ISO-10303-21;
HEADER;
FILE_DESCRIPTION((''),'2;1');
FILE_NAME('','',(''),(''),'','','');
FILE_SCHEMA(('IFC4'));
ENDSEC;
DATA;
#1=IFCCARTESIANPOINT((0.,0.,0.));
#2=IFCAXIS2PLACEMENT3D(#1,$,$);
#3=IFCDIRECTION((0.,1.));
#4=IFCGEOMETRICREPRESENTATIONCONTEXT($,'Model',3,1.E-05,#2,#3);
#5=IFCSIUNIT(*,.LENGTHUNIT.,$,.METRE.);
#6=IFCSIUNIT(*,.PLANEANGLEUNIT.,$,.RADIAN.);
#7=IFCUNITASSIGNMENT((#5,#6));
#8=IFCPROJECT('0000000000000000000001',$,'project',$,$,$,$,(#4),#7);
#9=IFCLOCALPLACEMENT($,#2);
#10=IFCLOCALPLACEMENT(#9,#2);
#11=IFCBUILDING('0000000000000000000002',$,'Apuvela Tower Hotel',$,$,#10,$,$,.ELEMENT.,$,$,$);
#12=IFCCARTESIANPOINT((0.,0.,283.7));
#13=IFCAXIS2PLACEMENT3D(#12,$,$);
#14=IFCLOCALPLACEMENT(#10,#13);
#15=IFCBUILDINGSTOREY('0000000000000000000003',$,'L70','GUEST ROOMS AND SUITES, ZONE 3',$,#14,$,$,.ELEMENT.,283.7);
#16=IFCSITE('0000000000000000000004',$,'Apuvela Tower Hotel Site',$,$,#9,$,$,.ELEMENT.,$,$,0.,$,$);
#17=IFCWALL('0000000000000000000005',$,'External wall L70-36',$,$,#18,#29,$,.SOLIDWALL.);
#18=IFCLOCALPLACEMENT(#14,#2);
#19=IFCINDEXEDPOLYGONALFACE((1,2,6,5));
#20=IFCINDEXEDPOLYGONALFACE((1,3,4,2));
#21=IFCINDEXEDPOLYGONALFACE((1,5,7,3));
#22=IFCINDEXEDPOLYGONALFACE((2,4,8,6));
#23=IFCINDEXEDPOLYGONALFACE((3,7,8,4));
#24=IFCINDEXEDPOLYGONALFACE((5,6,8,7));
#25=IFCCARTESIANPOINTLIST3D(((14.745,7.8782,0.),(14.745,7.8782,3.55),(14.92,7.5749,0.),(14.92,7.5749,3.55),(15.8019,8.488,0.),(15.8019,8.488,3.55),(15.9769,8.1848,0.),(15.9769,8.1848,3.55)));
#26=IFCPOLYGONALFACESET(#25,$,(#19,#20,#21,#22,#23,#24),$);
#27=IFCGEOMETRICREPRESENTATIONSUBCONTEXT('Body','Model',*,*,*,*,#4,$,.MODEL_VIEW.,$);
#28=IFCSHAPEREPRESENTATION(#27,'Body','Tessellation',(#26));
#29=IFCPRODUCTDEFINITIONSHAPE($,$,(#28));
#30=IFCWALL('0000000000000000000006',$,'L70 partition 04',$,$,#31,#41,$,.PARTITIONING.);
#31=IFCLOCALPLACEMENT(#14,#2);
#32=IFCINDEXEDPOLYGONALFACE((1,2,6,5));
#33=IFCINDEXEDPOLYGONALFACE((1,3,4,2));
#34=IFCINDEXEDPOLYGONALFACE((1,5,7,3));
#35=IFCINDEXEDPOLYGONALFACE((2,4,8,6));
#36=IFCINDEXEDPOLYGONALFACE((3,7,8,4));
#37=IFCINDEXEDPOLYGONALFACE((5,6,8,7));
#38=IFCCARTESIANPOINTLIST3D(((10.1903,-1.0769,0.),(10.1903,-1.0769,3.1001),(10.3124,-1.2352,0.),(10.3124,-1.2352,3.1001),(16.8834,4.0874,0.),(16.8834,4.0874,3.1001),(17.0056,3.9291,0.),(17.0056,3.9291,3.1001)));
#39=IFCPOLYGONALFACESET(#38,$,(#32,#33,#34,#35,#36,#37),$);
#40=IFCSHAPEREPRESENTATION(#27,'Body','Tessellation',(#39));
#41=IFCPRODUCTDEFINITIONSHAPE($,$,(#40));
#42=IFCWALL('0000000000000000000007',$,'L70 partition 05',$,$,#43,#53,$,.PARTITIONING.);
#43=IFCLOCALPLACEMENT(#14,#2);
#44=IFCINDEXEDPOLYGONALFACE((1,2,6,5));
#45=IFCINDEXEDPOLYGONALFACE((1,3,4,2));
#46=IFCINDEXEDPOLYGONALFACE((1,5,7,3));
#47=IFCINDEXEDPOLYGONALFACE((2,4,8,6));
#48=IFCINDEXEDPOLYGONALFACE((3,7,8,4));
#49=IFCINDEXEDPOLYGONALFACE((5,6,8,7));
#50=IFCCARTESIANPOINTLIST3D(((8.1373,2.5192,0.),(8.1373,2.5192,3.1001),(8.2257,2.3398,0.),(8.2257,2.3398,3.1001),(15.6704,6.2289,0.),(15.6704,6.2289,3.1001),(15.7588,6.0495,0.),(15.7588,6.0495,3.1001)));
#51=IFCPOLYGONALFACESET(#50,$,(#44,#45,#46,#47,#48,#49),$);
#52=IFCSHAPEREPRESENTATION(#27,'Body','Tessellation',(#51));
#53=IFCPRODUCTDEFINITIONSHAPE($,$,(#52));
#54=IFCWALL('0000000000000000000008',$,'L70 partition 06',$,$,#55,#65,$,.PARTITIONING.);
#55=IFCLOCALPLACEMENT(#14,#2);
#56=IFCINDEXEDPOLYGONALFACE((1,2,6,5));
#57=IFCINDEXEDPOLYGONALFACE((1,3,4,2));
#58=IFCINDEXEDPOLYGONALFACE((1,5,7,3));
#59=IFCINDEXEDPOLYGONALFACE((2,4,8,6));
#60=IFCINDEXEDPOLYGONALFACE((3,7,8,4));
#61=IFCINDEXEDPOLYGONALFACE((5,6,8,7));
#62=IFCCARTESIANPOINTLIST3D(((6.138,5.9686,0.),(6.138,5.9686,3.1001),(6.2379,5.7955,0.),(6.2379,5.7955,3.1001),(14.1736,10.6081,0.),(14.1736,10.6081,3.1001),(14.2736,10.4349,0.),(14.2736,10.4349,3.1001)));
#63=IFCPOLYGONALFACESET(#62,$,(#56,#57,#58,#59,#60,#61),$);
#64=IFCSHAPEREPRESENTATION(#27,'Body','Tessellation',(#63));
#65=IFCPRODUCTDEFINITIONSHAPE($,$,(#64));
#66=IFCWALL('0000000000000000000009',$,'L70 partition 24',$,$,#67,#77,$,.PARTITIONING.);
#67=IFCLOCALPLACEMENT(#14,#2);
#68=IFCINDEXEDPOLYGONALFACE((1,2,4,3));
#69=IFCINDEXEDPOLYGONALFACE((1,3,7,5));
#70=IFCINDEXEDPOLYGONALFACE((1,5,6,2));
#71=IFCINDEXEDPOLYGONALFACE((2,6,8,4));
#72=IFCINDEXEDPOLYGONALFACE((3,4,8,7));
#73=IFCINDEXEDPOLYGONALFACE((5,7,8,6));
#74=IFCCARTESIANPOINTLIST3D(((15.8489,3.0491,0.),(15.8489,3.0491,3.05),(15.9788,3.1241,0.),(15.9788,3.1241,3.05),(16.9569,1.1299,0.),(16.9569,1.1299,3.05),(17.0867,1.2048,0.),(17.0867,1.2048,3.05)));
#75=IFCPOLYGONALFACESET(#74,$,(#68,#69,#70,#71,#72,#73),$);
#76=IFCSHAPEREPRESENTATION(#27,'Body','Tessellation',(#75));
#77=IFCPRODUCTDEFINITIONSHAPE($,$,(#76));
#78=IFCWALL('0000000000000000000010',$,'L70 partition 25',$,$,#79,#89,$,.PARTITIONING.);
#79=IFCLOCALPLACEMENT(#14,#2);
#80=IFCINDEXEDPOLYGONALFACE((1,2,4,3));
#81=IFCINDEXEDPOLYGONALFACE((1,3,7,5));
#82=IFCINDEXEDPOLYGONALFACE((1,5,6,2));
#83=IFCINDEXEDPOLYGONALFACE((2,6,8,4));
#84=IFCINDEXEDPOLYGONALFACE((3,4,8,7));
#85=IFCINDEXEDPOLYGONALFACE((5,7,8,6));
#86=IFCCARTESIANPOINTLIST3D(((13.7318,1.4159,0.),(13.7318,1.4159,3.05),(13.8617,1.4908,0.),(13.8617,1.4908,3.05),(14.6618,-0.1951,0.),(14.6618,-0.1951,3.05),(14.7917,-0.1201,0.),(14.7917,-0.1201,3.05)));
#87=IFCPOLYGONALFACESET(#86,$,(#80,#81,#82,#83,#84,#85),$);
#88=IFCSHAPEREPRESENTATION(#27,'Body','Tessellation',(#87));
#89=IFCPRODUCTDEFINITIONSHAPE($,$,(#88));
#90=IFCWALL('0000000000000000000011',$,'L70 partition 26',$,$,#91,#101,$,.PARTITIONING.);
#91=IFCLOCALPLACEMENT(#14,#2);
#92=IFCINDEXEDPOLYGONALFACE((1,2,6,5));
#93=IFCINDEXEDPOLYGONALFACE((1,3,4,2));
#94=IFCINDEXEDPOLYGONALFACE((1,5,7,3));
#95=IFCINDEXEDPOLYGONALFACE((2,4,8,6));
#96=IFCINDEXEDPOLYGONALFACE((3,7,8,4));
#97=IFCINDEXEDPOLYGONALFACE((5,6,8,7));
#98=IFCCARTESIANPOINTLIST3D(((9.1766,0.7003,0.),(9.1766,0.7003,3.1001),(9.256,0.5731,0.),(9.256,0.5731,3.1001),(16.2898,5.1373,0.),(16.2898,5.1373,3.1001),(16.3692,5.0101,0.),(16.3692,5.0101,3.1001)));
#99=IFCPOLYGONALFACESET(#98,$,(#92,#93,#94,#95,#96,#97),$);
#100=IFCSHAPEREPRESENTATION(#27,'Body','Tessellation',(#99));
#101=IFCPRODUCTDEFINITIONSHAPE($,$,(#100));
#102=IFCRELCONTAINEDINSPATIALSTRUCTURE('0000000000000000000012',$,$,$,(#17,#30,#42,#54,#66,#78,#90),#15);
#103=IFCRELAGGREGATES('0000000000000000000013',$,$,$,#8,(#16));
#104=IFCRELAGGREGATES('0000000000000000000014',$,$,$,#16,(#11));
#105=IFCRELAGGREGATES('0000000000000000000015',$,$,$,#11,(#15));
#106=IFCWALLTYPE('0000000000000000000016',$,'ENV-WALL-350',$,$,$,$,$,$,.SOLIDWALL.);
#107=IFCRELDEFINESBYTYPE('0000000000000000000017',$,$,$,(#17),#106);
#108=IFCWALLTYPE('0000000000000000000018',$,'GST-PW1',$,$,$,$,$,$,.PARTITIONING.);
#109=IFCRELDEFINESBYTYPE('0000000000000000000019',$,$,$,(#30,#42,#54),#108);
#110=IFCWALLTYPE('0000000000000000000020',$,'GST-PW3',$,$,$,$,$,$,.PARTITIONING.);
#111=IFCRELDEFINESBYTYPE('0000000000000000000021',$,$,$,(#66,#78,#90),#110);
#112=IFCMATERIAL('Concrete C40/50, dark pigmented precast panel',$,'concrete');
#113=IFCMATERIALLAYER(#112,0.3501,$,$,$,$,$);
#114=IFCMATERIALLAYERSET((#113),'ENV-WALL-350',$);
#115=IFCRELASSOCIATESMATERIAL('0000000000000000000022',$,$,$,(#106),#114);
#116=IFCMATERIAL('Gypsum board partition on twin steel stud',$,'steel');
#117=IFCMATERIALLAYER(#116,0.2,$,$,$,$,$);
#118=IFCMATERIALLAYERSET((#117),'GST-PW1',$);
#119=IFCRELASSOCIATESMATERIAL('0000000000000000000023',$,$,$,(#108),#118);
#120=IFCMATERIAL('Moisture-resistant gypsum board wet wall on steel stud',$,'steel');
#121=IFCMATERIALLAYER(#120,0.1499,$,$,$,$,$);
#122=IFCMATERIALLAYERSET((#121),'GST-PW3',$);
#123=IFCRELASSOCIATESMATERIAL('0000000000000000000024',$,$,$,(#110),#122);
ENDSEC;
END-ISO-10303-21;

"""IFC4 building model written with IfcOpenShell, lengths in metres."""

from ifc_helpers import new_model, si_unit, direction, frame, frame_2d, origin, place, context, subcontext, project, spatial, rectangle, extrude, material, layer, layer_set, type_object, element, save


model = new_model("IFC4")

# Units and contexts
model_context = context("Model", 3, precision=1e-05, world=origin(), true_north=direction((0.0, 1.0)))
body_context = subcontext(model_context, "Body", "Model", "MODEL_VIEW")
ifc_project = project(units=[si_unit("LENGTHUNIT", "METRE"), si_unit("PLANEANGLEUNIT", "RADIAN")], contexts=[model_context])

# Site, building, storey
site_placement = place(None, origin())
site = spatial("IfcSite", under=ifc_project, at=site_placement, Name="Apuvela Tower Hotel Site", CompositionType="ELEMENT", RefElevation=0.0)
building_placement = place(site_placement, origin())
building = spatial("IfcBuilding", under=site, at=building_placement, Name="Apuvela Tower Hotel", CompositionType="ELEMENT")
storey_placement = place(building_placement, frame((0.0, 0.0, 283.7)))
storey = spatial("IfcBuildingStorey", under=building, at=storey_placement, Name="L70", Description="GUEST ROOMS AND SUITES, ZONE 3", CompositionType="ELEMENT", Elevation=283.7)

# Shared definitions
ifc_material_1 = material(Name="Concrete C40/50, dark pigmented precast panel", Category="concrete")
ifc_layer_1 = layer(ifc_material_1, 0.3501)
ifc_layer_set_1 = layer_set([ifc_layer_1], Name="ENV-WALL-350")
wall_type_1 = type_object("IfcWallType", Name="ENV-WALL-350", PredefinedType="SOLIDWALL", material=ifc_layer_set_1)

# Wall
wall_1_placement = place(storey_placement, frame((14.8325, 7.7266, 0.0), z_axis=(0.0, 0.0, 1.0), x_axis=(0.866142, 0.499798, 0.0)))
element("IfcWall", 1, at=wall_1_placement, inside=storey, type_object=wall_type_1, Name="External wall L70-36", PredefinedType="SOLIDWALL", context=body_context, shape_type="SweptSolid", body=[
    extrude(rectangle(XDim=1.2202, YDim=0.3501, at=frame_2d((0.6101, 0.0))), origin(), (0.0, 0.0, 1.0), 3.55),
])

# Walls
ifc_material_2 = material(Name="Gypsum board partition on twin steel stud", Category="steel")
ifc_layer_2 = layer(ifc_material_2, 0.2)
ifc_layer_set_2 = layer_set([ifc_layer_2], Name="GST-PW1")
wall_type_2 = type_object("IfcWallType", Name="GST-PW1", PredefinedType="PARTITIONING", material=ifc_layer_set_2)
wall_2_placement = place(storey_placement, frame((16.9446, 4.0083, 0.0), z_axis=(0.0, 0.0, 1.0), x_axis=(-0.791722, -0.610881, 0.0)))
element("IfcWall", 2, at=wall_2_placement, inside=storey, type_object=wall_type_2, Name="L70 partition 04", PredefinedType="PARTITIONING", context=body_context, shape_type="SweptSolid", body=[
    extrude(rectangle(XDim=8.4539, YDim=0.2, at=frame_2d((4.2271, 0.0))), origin(), (0.0, 0.0, 1.0), 3.1001),
])
wall_3_placement = place(storey_placement, frame((15.7146, 6.1392, 0.0), z_axis=(0.0, 0.0, 1.0), x_axis=(-0.897121, -0.441786, 0.0)))
element("IfcWall", 3, at=wall_3_placement, inside=storey, type_object=wall_type_2, Name="L70 partition 05", PredefinedType="PARTITIONING", context=body_context, shape_type="SweptSolid", body=[
    extrude(rectangle(XDim=8.397, YDim=0.2, at=frame_2d((4.1985, 0.0))), origin(), (0.0, 0.0, 1.0), 3.1001),
])
wall_4_placement = place(storey_placement, frame((14.2236, 10.5215, 0.0), z_axis=(0.0, 0.0, 1.0), x_axis=(-0.866024, -0.500002, 0.0)))
element("IfcWall", 4, at=wall_4_placement, inside=storey, type_object=wall_type_2, Name="L70 partition 06", PredefinedType="PARTITIONING", context=body_context, shape_type="SweptSolid", body=[
    extrude(rectangle(XDim=9.2788, YDim=0.2, at=frame_2d((4.6394, 0.0))), origin(), (0.0, 0.0, 1.0), 3.1001),
])
ifc_material_3 = material(Name="Moisture-resistant gypsum board wet wall on steel stud", Category="steel")
ifc_layer_3 = layer(ifc_material_3, 0.1499)
ifc_layer_set_3 = layer_set([ifc_layer_3], Name="GST-PW3")
wall_type_3 = type_object("IfcWallType", Name="GST-PW3", PredefinedType="PARTITIONING", material=ifc_layer_set_3)
wall_5_placement = place(storey_placement, frame((17.0217, 1.1675, 0.0), z_axis=(0.0, 0.0, 1.0), x_axis=(-0.499955, 0.866052, 0.0)))
element("IfcWall", 5, at=wall_5_placement, inside=storey, type_object=wall_type_3, Name="L70 partition 24", PredefinedType="PARTITIONING", context=body_context, shape_type="SweptSolid", body=[
    extrude(rectangle(XDim=2.2161, YDim=0.1499, at=frame_2d((1.1079, 0.0))), origin(), (0.0, 0.0, 1.0), 3.05),
])
wall_6_placement = place(storey_placement, frame((14.7268, -0.1577, 0.0), z_axis=(0.0, 0.0, 1.0), x_axis=(-0.499965, 0.866046, 0.0)))
element("IfcWall", 6, at=wall_6_placement, inside=storey, type_object=wall_type_3, Name="L70 partition 25", PredefinedType="PARTITIONING", context=body_context, shape_type="SweptSolid", body=[
    extrude(rectangle(XDim=1.8601, YDim=0.1499, at=frame_2d((0.9302, 0.0))), origin(), (0.0, 0.0, 1.0), 3.05),
])
wall_7_placement = place(storey_placement, frame((16.3296, 5.0737, 0.0), z_axis=(0.0, 0.0, 1.0), x_axis=(-0.848469, -0.529245, 0.0)))
element("IfcWall", 7, at=wall_7_placement, inside=storey, type_object=wall_type_3, Name="L70 partition 26", PredefinedType="PARTITIONING", context=body_context, shape_type="SweptSolid", body=[
    extrude(rectangle(XDim=8.3835, YDim=0.1499, at=frame_2d((4.1919, 0.0))), origin(), (0.0, 0.0, 1.0), 3.1001),
])

save(model, "model.ifc")
